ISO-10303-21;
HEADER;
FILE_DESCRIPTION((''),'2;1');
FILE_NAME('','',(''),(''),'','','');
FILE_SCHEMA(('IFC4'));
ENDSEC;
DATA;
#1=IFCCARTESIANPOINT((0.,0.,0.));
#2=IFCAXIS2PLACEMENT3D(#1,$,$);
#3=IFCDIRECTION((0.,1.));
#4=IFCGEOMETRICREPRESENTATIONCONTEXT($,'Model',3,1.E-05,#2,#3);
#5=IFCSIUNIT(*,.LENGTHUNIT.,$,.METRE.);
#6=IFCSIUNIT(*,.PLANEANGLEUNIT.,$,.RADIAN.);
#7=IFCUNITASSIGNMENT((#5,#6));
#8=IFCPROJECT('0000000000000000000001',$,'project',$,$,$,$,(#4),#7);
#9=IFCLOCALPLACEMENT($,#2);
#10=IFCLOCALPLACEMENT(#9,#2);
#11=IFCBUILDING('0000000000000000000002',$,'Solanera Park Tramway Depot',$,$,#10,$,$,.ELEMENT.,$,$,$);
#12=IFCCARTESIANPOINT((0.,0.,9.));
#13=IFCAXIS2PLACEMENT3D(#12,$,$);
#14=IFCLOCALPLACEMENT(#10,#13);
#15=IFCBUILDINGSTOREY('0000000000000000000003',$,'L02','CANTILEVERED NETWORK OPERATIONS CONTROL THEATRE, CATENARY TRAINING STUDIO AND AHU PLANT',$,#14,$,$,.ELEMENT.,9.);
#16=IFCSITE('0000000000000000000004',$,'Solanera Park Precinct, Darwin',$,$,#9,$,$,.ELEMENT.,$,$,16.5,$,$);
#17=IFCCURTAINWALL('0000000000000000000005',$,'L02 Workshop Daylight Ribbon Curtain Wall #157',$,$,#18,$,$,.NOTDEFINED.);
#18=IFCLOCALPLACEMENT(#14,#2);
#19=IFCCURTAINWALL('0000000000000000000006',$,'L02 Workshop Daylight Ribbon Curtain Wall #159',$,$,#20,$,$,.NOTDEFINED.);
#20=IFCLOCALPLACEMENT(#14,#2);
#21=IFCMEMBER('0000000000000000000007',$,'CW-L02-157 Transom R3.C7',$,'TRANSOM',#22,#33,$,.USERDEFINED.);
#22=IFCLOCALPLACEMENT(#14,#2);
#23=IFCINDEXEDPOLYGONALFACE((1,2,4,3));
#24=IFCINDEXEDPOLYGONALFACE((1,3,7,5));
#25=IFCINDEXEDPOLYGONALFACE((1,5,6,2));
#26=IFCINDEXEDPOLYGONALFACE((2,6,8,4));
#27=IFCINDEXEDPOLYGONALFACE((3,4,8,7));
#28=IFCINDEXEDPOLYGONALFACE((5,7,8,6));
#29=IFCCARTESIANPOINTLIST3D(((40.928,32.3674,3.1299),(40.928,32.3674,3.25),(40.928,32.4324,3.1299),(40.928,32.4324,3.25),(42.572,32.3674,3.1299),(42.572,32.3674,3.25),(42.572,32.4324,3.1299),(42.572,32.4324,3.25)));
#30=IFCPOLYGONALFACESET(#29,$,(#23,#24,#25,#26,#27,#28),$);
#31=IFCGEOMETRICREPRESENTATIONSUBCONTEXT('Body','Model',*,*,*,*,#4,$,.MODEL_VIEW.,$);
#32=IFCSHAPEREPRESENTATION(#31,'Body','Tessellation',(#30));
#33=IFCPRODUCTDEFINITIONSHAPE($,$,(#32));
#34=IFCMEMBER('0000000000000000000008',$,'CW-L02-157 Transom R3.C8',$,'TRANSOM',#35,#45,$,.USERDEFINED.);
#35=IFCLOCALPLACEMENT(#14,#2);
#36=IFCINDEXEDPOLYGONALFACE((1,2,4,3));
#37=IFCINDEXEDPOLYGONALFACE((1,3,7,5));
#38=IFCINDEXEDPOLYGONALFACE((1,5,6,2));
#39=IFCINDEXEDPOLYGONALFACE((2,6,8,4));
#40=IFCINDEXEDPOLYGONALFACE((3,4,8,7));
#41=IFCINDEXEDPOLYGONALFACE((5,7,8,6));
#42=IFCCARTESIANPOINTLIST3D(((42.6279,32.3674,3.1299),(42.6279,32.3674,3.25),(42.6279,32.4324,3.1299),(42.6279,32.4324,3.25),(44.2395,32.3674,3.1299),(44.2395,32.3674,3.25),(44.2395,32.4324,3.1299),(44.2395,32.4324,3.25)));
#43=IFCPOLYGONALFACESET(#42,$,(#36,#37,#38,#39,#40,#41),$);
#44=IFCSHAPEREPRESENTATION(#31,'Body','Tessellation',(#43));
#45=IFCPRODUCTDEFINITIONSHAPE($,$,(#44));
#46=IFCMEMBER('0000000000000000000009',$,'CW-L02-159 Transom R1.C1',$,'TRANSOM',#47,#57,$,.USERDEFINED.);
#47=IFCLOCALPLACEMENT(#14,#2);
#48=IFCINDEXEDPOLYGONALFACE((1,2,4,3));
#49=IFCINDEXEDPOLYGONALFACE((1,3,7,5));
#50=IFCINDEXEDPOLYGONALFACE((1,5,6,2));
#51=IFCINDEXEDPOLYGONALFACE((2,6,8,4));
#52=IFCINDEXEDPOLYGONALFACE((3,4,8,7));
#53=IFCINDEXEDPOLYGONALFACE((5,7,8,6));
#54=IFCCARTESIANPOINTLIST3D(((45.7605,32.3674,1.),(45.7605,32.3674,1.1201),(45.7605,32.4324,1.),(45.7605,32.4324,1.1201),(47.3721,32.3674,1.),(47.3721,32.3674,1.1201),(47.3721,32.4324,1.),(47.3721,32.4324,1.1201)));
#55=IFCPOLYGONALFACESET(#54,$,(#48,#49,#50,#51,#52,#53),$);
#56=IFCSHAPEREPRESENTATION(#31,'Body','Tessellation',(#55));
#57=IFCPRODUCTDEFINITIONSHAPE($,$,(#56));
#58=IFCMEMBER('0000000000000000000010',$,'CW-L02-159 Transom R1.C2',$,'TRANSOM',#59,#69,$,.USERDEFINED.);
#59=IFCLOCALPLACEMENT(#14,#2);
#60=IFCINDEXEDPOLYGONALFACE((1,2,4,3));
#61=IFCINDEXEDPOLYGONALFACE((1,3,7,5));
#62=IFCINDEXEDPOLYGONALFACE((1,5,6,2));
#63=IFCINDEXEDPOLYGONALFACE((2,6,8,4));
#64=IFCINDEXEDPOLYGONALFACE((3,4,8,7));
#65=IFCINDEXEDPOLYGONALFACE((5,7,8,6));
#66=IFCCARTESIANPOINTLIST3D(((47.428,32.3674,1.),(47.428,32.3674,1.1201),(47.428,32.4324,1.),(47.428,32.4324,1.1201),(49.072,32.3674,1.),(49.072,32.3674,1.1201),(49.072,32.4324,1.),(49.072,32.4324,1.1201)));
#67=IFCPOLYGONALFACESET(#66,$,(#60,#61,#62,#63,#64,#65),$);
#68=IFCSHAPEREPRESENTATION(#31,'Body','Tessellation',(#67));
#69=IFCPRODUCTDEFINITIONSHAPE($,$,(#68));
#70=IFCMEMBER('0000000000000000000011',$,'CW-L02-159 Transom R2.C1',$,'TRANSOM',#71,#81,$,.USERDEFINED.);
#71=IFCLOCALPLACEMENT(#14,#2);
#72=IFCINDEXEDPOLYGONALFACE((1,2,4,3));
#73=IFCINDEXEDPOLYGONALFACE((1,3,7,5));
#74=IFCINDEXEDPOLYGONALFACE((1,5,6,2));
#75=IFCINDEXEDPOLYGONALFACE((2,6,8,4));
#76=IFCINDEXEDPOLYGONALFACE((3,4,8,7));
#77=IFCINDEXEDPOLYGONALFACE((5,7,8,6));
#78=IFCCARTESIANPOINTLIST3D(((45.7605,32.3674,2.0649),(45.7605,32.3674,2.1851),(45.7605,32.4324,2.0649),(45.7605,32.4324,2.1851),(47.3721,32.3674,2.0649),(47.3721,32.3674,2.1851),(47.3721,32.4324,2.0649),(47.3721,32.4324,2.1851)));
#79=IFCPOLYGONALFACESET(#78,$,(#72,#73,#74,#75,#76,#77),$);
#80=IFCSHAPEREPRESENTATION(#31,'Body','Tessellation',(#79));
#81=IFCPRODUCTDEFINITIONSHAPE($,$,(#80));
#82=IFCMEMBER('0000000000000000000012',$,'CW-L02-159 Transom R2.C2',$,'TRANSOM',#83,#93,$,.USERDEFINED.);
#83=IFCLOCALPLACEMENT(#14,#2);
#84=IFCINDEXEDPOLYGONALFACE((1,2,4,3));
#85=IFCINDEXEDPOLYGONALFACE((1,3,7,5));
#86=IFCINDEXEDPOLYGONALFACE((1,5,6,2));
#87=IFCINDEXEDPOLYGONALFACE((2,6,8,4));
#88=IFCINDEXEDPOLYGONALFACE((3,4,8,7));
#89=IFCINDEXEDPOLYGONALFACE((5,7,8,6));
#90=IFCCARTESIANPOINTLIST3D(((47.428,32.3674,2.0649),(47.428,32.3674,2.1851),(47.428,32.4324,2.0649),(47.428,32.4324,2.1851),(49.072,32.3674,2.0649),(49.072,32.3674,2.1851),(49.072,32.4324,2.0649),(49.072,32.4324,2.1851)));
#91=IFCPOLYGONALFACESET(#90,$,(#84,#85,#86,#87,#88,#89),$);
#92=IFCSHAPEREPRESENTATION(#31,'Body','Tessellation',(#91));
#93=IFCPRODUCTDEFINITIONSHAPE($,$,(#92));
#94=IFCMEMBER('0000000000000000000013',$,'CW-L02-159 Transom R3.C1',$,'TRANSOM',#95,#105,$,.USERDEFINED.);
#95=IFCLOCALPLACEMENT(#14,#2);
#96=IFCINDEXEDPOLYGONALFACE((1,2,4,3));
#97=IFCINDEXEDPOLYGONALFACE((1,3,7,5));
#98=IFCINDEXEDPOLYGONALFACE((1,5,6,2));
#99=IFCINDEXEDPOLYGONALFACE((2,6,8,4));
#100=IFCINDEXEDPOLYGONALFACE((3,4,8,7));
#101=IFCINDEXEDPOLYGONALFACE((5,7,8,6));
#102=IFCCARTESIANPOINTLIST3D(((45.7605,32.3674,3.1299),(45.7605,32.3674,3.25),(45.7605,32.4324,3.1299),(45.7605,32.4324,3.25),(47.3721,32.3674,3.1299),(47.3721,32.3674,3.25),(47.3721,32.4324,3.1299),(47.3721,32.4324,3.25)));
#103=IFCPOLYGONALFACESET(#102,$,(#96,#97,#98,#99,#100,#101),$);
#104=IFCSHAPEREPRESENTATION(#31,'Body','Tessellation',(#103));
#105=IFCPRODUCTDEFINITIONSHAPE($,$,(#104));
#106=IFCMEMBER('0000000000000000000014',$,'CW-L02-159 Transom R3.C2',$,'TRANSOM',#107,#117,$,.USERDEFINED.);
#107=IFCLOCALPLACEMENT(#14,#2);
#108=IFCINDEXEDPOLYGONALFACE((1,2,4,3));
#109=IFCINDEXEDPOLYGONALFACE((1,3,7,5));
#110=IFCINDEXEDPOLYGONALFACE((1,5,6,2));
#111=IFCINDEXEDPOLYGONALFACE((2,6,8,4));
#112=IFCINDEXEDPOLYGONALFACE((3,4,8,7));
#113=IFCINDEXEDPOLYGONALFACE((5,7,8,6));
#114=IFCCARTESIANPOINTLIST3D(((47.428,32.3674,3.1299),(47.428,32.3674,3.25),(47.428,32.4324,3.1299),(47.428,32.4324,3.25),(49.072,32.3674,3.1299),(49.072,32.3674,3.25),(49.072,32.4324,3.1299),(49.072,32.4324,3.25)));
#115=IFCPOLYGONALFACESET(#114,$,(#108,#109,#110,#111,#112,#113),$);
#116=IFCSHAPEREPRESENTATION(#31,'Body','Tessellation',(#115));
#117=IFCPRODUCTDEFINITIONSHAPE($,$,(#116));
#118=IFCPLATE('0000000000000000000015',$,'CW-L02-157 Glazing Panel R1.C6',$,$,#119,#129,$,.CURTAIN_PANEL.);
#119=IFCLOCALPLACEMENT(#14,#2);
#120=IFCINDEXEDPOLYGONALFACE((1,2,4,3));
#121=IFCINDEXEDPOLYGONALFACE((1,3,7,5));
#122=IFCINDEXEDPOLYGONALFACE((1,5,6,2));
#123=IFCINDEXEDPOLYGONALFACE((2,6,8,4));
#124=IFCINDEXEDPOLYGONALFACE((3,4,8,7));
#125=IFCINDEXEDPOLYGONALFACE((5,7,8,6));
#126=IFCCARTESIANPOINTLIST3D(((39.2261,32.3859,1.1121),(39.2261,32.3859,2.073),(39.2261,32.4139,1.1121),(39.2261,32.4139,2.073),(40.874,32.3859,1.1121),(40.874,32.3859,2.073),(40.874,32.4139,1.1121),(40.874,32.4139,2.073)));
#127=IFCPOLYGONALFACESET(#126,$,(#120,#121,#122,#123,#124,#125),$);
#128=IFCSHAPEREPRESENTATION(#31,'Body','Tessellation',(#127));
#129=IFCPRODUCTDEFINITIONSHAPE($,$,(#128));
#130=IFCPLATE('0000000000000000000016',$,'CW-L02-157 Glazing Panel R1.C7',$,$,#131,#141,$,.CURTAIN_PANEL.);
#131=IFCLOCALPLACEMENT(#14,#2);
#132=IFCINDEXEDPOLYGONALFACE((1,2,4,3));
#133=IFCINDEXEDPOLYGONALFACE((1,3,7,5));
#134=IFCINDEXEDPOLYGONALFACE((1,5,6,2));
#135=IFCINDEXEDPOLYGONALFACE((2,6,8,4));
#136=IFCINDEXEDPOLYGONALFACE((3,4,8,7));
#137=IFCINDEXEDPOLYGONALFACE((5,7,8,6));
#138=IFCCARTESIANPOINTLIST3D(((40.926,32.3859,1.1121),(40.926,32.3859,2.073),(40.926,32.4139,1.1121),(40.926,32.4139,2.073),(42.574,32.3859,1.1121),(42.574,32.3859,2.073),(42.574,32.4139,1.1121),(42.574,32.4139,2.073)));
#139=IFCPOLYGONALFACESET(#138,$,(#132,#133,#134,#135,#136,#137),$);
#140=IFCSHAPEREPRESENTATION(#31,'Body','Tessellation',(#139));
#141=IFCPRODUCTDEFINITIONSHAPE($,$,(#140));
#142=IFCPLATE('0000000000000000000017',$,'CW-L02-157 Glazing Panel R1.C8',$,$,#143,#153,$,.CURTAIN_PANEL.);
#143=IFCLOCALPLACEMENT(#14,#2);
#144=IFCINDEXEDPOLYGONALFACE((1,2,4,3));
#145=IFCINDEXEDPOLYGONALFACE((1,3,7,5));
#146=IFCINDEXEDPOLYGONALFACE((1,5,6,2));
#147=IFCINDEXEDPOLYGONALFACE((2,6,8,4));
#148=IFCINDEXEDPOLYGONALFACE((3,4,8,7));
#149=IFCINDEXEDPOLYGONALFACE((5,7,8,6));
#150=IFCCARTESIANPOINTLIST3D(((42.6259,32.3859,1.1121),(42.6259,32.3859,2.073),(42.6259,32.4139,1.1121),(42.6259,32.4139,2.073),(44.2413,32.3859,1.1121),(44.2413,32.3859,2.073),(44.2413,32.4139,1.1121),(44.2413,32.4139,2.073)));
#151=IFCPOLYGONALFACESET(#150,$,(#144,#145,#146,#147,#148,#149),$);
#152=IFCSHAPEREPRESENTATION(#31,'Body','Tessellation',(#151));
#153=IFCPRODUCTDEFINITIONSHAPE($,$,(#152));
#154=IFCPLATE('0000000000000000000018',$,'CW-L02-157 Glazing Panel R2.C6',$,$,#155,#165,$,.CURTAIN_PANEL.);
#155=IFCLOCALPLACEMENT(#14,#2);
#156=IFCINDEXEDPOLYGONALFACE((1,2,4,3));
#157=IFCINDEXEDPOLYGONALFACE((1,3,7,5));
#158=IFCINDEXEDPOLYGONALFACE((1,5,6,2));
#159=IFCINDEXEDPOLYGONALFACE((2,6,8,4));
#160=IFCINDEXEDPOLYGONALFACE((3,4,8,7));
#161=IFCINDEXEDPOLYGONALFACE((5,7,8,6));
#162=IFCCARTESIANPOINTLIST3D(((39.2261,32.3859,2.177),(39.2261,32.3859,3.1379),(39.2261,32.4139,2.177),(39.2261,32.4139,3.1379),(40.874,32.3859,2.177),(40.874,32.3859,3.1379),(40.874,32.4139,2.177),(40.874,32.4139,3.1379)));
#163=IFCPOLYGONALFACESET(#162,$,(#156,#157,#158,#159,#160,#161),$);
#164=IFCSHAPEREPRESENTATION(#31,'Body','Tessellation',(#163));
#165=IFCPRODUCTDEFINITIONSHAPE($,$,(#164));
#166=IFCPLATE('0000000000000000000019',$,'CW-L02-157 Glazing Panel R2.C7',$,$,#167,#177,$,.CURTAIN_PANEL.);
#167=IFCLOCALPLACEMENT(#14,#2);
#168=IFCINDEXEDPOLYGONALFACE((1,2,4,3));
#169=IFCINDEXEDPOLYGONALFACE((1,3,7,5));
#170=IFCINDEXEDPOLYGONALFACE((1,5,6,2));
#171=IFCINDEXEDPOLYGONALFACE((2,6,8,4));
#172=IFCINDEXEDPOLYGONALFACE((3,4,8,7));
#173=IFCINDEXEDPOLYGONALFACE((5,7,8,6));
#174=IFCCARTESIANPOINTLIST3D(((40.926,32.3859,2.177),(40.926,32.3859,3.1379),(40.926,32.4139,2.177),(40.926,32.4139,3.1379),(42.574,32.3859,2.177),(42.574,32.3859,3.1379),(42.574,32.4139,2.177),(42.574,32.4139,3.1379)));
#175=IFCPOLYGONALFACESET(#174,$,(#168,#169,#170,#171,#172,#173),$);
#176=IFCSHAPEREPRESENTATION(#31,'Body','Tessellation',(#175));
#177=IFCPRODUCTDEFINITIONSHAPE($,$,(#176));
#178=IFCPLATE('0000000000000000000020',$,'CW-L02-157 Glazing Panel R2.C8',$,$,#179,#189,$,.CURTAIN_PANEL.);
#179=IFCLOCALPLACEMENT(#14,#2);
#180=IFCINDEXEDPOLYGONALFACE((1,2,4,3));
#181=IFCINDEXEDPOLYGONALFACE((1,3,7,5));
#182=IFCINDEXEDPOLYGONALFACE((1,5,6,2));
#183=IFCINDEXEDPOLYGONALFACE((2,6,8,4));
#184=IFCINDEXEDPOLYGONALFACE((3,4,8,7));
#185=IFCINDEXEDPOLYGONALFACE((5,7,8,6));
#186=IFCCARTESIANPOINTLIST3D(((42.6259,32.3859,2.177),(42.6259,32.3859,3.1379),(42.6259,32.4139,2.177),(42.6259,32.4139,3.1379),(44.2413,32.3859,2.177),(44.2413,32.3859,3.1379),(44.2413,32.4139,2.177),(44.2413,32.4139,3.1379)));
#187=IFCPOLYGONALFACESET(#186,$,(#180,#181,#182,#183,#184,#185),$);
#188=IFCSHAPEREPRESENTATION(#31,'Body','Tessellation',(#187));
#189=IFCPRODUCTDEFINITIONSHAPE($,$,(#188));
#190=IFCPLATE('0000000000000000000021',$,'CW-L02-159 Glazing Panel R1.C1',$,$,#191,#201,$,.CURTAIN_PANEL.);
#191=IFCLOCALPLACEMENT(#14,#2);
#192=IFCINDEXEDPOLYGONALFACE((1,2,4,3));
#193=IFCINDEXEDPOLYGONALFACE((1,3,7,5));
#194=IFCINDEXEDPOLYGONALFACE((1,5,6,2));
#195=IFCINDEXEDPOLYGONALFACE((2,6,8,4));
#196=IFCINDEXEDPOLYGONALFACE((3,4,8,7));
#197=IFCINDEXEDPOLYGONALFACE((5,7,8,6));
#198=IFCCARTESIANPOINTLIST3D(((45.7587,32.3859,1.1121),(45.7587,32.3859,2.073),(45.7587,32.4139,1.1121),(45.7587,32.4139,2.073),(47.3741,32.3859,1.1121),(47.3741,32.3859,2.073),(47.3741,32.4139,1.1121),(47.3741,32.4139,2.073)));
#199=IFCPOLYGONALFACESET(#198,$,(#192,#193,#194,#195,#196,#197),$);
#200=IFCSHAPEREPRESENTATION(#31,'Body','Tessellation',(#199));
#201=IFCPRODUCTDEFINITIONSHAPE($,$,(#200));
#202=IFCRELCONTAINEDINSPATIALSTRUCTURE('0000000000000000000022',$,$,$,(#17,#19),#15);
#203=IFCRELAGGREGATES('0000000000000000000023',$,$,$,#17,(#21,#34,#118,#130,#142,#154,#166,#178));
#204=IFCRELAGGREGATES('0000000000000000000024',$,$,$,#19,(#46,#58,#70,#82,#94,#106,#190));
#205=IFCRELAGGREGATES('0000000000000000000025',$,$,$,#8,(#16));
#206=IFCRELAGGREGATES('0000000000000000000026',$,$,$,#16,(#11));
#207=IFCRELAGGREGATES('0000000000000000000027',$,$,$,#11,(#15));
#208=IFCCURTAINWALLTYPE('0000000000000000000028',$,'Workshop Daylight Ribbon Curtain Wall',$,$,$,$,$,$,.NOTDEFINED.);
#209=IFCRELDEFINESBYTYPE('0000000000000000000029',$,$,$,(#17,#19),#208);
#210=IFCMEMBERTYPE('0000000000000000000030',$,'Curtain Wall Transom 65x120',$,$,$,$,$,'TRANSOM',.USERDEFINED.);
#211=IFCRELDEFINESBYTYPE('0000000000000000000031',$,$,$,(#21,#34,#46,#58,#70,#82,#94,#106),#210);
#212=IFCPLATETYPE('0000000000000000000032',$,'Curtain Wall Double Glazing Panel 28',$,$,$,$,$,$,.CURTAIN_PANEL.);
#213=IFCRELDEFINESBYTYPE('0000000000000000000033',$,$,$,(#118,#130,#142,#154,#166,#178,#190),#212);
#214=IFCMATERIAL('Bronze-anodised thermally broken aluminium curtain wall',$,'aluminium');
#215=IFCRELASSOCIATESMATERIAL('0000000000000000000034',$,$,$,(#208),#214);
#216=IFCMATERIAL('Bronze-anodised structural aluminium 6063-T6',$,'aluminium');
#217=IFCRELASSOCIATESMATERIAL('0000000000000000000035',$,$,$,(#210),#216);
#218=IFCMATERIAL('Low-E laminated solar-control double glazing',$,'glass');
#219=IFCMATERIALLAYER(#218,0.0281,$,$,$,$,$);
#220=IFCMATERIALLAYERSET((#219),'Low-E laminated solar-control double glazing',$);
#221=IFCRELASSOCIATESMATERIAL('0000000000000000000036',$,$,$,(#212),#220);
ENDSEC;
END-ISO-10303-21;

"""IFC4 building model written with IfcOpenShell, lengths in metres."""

from ifc_helpers import new_model, si_unit, direction, frame, origin, origin_2d, place, context, subcontext, project, spatial, rectangle, extrude, material, layer, layer_set, material_profile, profile_set, type_object, element, aggregate, save


model = new_model("IFC4")

# Units and contexts
model_context = context("Model", 3, precision=1e-05, world=origin(), true_north=direction((0.0, 1.0)))
body_context = subcontext(model_context, "Body", "Model", "MODEL_VIEW")
ifc_project = project(units=[si_unit("LENGTHUNIT", "METRE"), si_unit("PLANEANGLEUNIT", "RADIAN")], contexts=[model_context])

# Site, building, storey
site_placement = place(None, origin())
site = spatial("IfcSite", under=ifc_project, at=site_placement, Name="Solanera Park Precinct, Darwin", CompositionType="ELEMENT", RefElevation=16.5)
building_placement = place(site_placement, origin())
building = spatial("IfcBuilding", under=site, at=building_placement, Name="Solanera Park Tramway Depot", CompositionType="ELEMENT")
storey_placement = place(building_placement, frame((0.0, 0.0, 9.0)))
storey = spatial("IfcBuildingStorey", under=building, at=storey_placement, Name="L02", Description="CANTILEVERED NETWORK OPERATIONS CONTROL THEATRE, CATENARY TRAINING STUDIO AND AHU PLANT", CompositionType="ELEMENT", Elevation=9.0)

# Curtain walls
ifc_material_1 = material(Name="Bronze-anodised thermally broken aluminium curtain wall", Category="aluminium")
curtain_wall_type = type_object("IfcCurtainWallType", Name="Workshop Daylight Ribbon Curtain Wall", PredefinedType="NOTDEFINED", material=ifc_material_1)
curtain_wall_1_placement = place(storey_placement, origin())
curtain_wall_1 = element("IfcCurtainWall", 1, at=curtain_wall_1_placement, inside=storey, type_object=curtain_wall_type, Name="L02 Workshop Daylight Ribbon Curtain Wall #157", PredefinedType="NOTDEFINED")
curtain_wall_2_placement = place(storey_placement, origin())
curtain_wall_2 = element("IfcCurtainWall", 2, at=curtain_wall_2_placement, inside=storey, type_object=curtain_wall_type, Name="L02 Workshop Daylight Ribbon Curtain Wall #159", PredefinedType="NOTDEFINED")

# Members
ifc_material_2 = material(Name="Bronze-anodised structural aluminium 6063-T6", Category="aluminium")
ifc_material_profile_1 = material_profile(ifc_material_2, rectangle(XDim=0.0649, YDim=0.1201, at=origin_2d()), Name="Curtain Wall Transom 65x120")
ifc_profile_set_1 = profile_set([ifc_material_profile_1], Name="Bronze-anodised structural aluminium 6063-T6")
member_type_1 = type_object("IfcMemberType", Name="Curtain Wall Transom 65x120", ElementType="TRANSOM", PredefinedType="USERDEFINED", material=ifc_profile_set_1)
member_1_placement = place(storey_placement, frame((40.928, 32.3999, 3.1899), z_axis=(1.0, 0.0, 0.0), x_axis=(0.0, 1.0, 0.0)))
member_1 = element("IfcMember", 3, at=member_1_placement, type_object=member_type_1, Name="CW-L02-157 Transom R3.C7", ObjectType="TRANSOM", PredefinedType="USERDEFINED", context=body_context, shape_type="SweptSolid", body=[
    extrude(rectangle(XDim=0.0649, YDim=0.1201, at=origin_2d()), origin(), (0.0, 0.0, 1.0), 1.644),
])
member_2_placement = place(storey_placement, frame((42.6279, 32.3999, 3.1899), z_axis=(1.0, 0.0, 0.0), x_axis=(0.0, 1.0, 0.0)))
member_2 = element("IfcMember", 4, at=member_2_placement, type_object=member_type_1, Name="CW-L02-157 Transom R3.C8", ObjectType="TRANSOM", PredefinedType="USERDEFINED", context=body_context, shape_type="SweptSolid", body=[
    extrude(rectangle(XDim=0.0649, YDim=0.1201, at=origin_2d()), origin(), (0.0, 0.0, 1.0), 1.6116),
])
member_3_placement = place(storey_placement, frame((45.7605, 32.3999, 1.0601), z_axis=(1.0, 0.0, 0.0), x_axis=(0.0, 1.0, 0.0)))
member_3 = element("IfcMember", 5, at=member_3_placement, type_object=member_type_1, Name="CW-L02-159 Transom R1.C1", ObjectType="TRANSOM", PredefinedType="USERDEFINED", context=body_context, shape_type="SweptSolid", body=[
    extrude(rectangle(XDim=0.0649, YDim=0.1201, at=origin_2d()), origin(), (0.0, 0.0, 1.0), 1.6116),
])
member_4_placement = place(storey_placement, frame((47.428, 32.3999, 1.0601), z_axis=(1.0, 0.0, 0.0), x_axis=(0.0, 1.0, 0.0)))
member_4 = element("IfcMember", 6, at=member_4_placement, type_object=member_type_1, Name="CW-L02-159 Transom R1.C2", ObjectType="TRANSOM", PredefinedType="USERDEFINED", context=body_context, shape_type="SweptSolid", body=[
    extrude(rectangle(XDim=0.0649, YDim=0.1201, at=origin_2d()), origin(), (0.0, 0.0, 1.0), 1.644),
])
member_5_placement = place(storey_placement, frame((45.7605, 32.3999, 2.125), z_axis=(1.0, 0.0, 0.0), x_axis=(0.0, 1.0, 0.0)))
member_5 = element("IfcMember", 7, at=member_5_placement, type_object=member_type_1, Name="CW-L02-159 Transom R2.C1", ObjectType="TRANSOM", PredefinedType="USERDEFINED", context=body_context, shape_type="SweptSolid", body=[
    extrude(rectangle(XDim=0.0649, YDim=0.1201, at=origin_2d()), origin(), (0.0, 0.0, 1.0), 1.6116),
])
member_6_placement = place(storey_placement, frame((47.428, 32.3999, 2.125), z_axis=(1.0, 0.0, 0.0), x_axis=(0.0, 1.0, 0.0)))
member_6 = element("IfcMember", 8, at=member_6_placement, type_object=member_type_1, Name="CW-L02-159 Transom R2.C2", ObjectType="TRANSOM", PredefinedType="USERDEFINED", context=body_context, shape_type="SweptSolid", body=[
    extrude(rectangle(XDim=0.0649, YDim=0.1201, at=origin_2d()), origin(), (0.0, 0.0, 1.0), 1.644),
])
member_7_placement = place(storey_placement, frame((45.7605, 32.3999, 3.1899), z_axis=(1.0, 0.0, 0.0), x_axis=(0.0, 1.0, 0.0)))
member_7 = element("IfcMember", 9, at=member_7_placement, type_object=member_type_1, Name="CW-L02-159 Transom R3.C1", ObjectType="TRANSOM", PredefinedType="USERDEFINED", context=body_context, shape_type="SweptSolid", body=[
    extrude(rectangle(XDim=0.0649, YDim=0.1201, at=origin_2d()), origin(), (0.0, 0.0, 1.0), 1.6116),
])
member_8_placement = place(storey_placement, frame((47.428, 32.3999, 3.1899), z_axis=(1.0, 0.0, 0.0), x_axis=(0.0, 1.0, 0.0)))
member_8 = element("IfcMember", 10, at=member_8_placement, type_object=member_type_1, Name="CW-L02-159 Transom R3.C2", ObjectType="TRANSOM", PredefinedType="USERDEFINED", context=body_context, shape_type="SweptSolid", body=[
    extrude(rectangle(XDim=0.0649, YDim=0.1201, at=origin_2d()), origin(), (0.0, 0.0, 1.0), 1.644),
])

# Plates
ifc_material_3 = material(Name="Low-E laminated solar-control double glazing", Category="glass")
ifc_layer_1 = layer(ifc_material_3, 0.0281)
ifc_layer_set_1 = layer_set([ifc_layer_1], Name="Low-E laminated solar-control double glazing")
plate_type = type_object("IfcPlateType", Name="Curtain Wall Double Glazing Panel 28", PredefinedType="CURTAIN_PANEL", material=ifc_layer_set_1)
plate_1_placement = place(storey_placement, frame((40.05, 32.3999, 1.1121), z_axis=(0.0, 0.0, 1.0), x_axis=(1.0, 0.0, 0.0)))
plate_1 = element("IfcPlate", 11, at=plate_1_placement, type_object=plate_type, Name="CW-L02-157 Glazing Panel R1.C6", PredefinedType="CURTAIN_PANEL", context=body_context, shape_type="SweptSolid", body=[
    extrude(rectangle(XDim=1.6479, YDim=0.0281, at=origin_2d()), origin(), (0.0, 0.0, 1.0), 0.9609),
])
plate_2_placement = place(storey_placement, frame((41.75, 32.3999, 1.1121), z_axis=(0.0, 0.0, 1.0), x_axis=(1.0, 0.0, 0.0)))
plate_2 = element("IfcPlate", 12, at=plate_2_placement, type_object=plate_type, Name="CW-L02-157 Glazing Panel R1.C7", PredefinedType="CURTAIN_PANEL", context=body_context, shape_type="SweptSolid", body=[
    extrude(rectangle(XDim=1.6479, YDim=0.0281, at=origin_2d()), origin(), (0.0, 0.0, 1.0), 0.9609),
])
plate_3_placement = place(storey_placement, frame((43.4336, 32.3999, 1.1121), z_axis=(0.0, 0.0, 1.0), x_axis=(1.0, 0.0, 0.0)))
plate_3 = element("IfcPlate", 13, at=plate_3_placement, type_object=plate_type, Name="CW-L02-157 Glazing Panel R1.C8", PredefinedType="CURTAIN_PANEL", context=body_context, shape_type="SweptSolid", body=[
    extrude(rectangle(XDim=1.6155, YDim=0.0281, at=origin_2d()), origin(), (0.0, 0.0, 1.0), 0.9609),
])
plate_4_placement = place(storey_placement, frame((40.05, 32.3999, 2.177), z_axis=(0.0, 0.0, 1.0), x_axis=(1.0, 0.0, 0.0)))
plate_4 = element("IfcPlate", 14, at=plate_4_placement, type_object=plate_type, Name="CW-L02-157 Glazing Panel R2.C6", PredefinedType="CURTAIN_PANEL", context=body_context, shape_type="SweptSolid", body=[
    extrude(rectangle(XDim=1.6479, YDim=0.0281, at=origin_2d()), origin(), (0.0, 0.0, 1.0), 0.9609),
])
plate_5_placement = place(storey_placement, frame((41.75, 32.3999, 2.177), z_axis=(0.0, 0.0, 1.0), x_axis=(1.0, 0.0, 0.0)))
plate_5 = element("IfcPlate", 15, at=plate_5_placement, type_object=plate_type, Name="CW-L02-157 Glazing Panel R2.C7", PredefinedType="CURTAIN_PANEL", context=body_context, shape_type="SweptSolid", body=[
    extrude(rectangle(XDim=1.6479, YDim=0.0281, at=origin_2d()), origin(), (0.0, 0.0, 1.0), 0.9609),
])
plate_6_placement = place(storey_placement, frame((43.4336, 32.3999, 2.177), z_axis=(0.0, 0.0, 1.0), x_axis=(1.0, 0.0, 0.0)))
plate_6 = element("IfcPlate", 16, at=plate_6_placement, type_object=plate_type, Name="CW-L02-157 Glazing Panel R2.C8", PredefinedType="CURTAIN_PANEL", context=body_context, shape_type="SweptSolid", body=[
    extrude(rectangle(XDim=1.6155, YDim=0.0281, at=origin_2d()), origin(), (0.0, 0.0, 1.0), 0.9609),
])
aggregate(curtain_wall_1, [member_1, member_2, plate_1, plate_2, plate_3, plate_4, plate_5, plate_6])
plate_7_placement = place(storey_placement, frame((46.5664, 32.3999, 1.1121), z_axis=(0.0, 0.0, 1.0), x_axis=(1.0, 0.0, 0.0)))
plate_7 = element("IfcPlate", 17, at=plate_7_placement, type_object=plate_type, Name="CW-L02-159 Glazing Panel R1.C1", PredefinedType="CURTAIN_PANEL", context=body_context, shape_type="SweptSolid", body=[
    extrude(rectangle(XDim=1.6155, YDim=0.0281, at=origin_2d()), origin(), (0.0, 0.0, 1.0), 0.9609),
])
aggregate(curtain_wall_2, [member_3, member_4, member_5, member_6, member_7, member_8, plate_7])

save(model, "model.ifc")
